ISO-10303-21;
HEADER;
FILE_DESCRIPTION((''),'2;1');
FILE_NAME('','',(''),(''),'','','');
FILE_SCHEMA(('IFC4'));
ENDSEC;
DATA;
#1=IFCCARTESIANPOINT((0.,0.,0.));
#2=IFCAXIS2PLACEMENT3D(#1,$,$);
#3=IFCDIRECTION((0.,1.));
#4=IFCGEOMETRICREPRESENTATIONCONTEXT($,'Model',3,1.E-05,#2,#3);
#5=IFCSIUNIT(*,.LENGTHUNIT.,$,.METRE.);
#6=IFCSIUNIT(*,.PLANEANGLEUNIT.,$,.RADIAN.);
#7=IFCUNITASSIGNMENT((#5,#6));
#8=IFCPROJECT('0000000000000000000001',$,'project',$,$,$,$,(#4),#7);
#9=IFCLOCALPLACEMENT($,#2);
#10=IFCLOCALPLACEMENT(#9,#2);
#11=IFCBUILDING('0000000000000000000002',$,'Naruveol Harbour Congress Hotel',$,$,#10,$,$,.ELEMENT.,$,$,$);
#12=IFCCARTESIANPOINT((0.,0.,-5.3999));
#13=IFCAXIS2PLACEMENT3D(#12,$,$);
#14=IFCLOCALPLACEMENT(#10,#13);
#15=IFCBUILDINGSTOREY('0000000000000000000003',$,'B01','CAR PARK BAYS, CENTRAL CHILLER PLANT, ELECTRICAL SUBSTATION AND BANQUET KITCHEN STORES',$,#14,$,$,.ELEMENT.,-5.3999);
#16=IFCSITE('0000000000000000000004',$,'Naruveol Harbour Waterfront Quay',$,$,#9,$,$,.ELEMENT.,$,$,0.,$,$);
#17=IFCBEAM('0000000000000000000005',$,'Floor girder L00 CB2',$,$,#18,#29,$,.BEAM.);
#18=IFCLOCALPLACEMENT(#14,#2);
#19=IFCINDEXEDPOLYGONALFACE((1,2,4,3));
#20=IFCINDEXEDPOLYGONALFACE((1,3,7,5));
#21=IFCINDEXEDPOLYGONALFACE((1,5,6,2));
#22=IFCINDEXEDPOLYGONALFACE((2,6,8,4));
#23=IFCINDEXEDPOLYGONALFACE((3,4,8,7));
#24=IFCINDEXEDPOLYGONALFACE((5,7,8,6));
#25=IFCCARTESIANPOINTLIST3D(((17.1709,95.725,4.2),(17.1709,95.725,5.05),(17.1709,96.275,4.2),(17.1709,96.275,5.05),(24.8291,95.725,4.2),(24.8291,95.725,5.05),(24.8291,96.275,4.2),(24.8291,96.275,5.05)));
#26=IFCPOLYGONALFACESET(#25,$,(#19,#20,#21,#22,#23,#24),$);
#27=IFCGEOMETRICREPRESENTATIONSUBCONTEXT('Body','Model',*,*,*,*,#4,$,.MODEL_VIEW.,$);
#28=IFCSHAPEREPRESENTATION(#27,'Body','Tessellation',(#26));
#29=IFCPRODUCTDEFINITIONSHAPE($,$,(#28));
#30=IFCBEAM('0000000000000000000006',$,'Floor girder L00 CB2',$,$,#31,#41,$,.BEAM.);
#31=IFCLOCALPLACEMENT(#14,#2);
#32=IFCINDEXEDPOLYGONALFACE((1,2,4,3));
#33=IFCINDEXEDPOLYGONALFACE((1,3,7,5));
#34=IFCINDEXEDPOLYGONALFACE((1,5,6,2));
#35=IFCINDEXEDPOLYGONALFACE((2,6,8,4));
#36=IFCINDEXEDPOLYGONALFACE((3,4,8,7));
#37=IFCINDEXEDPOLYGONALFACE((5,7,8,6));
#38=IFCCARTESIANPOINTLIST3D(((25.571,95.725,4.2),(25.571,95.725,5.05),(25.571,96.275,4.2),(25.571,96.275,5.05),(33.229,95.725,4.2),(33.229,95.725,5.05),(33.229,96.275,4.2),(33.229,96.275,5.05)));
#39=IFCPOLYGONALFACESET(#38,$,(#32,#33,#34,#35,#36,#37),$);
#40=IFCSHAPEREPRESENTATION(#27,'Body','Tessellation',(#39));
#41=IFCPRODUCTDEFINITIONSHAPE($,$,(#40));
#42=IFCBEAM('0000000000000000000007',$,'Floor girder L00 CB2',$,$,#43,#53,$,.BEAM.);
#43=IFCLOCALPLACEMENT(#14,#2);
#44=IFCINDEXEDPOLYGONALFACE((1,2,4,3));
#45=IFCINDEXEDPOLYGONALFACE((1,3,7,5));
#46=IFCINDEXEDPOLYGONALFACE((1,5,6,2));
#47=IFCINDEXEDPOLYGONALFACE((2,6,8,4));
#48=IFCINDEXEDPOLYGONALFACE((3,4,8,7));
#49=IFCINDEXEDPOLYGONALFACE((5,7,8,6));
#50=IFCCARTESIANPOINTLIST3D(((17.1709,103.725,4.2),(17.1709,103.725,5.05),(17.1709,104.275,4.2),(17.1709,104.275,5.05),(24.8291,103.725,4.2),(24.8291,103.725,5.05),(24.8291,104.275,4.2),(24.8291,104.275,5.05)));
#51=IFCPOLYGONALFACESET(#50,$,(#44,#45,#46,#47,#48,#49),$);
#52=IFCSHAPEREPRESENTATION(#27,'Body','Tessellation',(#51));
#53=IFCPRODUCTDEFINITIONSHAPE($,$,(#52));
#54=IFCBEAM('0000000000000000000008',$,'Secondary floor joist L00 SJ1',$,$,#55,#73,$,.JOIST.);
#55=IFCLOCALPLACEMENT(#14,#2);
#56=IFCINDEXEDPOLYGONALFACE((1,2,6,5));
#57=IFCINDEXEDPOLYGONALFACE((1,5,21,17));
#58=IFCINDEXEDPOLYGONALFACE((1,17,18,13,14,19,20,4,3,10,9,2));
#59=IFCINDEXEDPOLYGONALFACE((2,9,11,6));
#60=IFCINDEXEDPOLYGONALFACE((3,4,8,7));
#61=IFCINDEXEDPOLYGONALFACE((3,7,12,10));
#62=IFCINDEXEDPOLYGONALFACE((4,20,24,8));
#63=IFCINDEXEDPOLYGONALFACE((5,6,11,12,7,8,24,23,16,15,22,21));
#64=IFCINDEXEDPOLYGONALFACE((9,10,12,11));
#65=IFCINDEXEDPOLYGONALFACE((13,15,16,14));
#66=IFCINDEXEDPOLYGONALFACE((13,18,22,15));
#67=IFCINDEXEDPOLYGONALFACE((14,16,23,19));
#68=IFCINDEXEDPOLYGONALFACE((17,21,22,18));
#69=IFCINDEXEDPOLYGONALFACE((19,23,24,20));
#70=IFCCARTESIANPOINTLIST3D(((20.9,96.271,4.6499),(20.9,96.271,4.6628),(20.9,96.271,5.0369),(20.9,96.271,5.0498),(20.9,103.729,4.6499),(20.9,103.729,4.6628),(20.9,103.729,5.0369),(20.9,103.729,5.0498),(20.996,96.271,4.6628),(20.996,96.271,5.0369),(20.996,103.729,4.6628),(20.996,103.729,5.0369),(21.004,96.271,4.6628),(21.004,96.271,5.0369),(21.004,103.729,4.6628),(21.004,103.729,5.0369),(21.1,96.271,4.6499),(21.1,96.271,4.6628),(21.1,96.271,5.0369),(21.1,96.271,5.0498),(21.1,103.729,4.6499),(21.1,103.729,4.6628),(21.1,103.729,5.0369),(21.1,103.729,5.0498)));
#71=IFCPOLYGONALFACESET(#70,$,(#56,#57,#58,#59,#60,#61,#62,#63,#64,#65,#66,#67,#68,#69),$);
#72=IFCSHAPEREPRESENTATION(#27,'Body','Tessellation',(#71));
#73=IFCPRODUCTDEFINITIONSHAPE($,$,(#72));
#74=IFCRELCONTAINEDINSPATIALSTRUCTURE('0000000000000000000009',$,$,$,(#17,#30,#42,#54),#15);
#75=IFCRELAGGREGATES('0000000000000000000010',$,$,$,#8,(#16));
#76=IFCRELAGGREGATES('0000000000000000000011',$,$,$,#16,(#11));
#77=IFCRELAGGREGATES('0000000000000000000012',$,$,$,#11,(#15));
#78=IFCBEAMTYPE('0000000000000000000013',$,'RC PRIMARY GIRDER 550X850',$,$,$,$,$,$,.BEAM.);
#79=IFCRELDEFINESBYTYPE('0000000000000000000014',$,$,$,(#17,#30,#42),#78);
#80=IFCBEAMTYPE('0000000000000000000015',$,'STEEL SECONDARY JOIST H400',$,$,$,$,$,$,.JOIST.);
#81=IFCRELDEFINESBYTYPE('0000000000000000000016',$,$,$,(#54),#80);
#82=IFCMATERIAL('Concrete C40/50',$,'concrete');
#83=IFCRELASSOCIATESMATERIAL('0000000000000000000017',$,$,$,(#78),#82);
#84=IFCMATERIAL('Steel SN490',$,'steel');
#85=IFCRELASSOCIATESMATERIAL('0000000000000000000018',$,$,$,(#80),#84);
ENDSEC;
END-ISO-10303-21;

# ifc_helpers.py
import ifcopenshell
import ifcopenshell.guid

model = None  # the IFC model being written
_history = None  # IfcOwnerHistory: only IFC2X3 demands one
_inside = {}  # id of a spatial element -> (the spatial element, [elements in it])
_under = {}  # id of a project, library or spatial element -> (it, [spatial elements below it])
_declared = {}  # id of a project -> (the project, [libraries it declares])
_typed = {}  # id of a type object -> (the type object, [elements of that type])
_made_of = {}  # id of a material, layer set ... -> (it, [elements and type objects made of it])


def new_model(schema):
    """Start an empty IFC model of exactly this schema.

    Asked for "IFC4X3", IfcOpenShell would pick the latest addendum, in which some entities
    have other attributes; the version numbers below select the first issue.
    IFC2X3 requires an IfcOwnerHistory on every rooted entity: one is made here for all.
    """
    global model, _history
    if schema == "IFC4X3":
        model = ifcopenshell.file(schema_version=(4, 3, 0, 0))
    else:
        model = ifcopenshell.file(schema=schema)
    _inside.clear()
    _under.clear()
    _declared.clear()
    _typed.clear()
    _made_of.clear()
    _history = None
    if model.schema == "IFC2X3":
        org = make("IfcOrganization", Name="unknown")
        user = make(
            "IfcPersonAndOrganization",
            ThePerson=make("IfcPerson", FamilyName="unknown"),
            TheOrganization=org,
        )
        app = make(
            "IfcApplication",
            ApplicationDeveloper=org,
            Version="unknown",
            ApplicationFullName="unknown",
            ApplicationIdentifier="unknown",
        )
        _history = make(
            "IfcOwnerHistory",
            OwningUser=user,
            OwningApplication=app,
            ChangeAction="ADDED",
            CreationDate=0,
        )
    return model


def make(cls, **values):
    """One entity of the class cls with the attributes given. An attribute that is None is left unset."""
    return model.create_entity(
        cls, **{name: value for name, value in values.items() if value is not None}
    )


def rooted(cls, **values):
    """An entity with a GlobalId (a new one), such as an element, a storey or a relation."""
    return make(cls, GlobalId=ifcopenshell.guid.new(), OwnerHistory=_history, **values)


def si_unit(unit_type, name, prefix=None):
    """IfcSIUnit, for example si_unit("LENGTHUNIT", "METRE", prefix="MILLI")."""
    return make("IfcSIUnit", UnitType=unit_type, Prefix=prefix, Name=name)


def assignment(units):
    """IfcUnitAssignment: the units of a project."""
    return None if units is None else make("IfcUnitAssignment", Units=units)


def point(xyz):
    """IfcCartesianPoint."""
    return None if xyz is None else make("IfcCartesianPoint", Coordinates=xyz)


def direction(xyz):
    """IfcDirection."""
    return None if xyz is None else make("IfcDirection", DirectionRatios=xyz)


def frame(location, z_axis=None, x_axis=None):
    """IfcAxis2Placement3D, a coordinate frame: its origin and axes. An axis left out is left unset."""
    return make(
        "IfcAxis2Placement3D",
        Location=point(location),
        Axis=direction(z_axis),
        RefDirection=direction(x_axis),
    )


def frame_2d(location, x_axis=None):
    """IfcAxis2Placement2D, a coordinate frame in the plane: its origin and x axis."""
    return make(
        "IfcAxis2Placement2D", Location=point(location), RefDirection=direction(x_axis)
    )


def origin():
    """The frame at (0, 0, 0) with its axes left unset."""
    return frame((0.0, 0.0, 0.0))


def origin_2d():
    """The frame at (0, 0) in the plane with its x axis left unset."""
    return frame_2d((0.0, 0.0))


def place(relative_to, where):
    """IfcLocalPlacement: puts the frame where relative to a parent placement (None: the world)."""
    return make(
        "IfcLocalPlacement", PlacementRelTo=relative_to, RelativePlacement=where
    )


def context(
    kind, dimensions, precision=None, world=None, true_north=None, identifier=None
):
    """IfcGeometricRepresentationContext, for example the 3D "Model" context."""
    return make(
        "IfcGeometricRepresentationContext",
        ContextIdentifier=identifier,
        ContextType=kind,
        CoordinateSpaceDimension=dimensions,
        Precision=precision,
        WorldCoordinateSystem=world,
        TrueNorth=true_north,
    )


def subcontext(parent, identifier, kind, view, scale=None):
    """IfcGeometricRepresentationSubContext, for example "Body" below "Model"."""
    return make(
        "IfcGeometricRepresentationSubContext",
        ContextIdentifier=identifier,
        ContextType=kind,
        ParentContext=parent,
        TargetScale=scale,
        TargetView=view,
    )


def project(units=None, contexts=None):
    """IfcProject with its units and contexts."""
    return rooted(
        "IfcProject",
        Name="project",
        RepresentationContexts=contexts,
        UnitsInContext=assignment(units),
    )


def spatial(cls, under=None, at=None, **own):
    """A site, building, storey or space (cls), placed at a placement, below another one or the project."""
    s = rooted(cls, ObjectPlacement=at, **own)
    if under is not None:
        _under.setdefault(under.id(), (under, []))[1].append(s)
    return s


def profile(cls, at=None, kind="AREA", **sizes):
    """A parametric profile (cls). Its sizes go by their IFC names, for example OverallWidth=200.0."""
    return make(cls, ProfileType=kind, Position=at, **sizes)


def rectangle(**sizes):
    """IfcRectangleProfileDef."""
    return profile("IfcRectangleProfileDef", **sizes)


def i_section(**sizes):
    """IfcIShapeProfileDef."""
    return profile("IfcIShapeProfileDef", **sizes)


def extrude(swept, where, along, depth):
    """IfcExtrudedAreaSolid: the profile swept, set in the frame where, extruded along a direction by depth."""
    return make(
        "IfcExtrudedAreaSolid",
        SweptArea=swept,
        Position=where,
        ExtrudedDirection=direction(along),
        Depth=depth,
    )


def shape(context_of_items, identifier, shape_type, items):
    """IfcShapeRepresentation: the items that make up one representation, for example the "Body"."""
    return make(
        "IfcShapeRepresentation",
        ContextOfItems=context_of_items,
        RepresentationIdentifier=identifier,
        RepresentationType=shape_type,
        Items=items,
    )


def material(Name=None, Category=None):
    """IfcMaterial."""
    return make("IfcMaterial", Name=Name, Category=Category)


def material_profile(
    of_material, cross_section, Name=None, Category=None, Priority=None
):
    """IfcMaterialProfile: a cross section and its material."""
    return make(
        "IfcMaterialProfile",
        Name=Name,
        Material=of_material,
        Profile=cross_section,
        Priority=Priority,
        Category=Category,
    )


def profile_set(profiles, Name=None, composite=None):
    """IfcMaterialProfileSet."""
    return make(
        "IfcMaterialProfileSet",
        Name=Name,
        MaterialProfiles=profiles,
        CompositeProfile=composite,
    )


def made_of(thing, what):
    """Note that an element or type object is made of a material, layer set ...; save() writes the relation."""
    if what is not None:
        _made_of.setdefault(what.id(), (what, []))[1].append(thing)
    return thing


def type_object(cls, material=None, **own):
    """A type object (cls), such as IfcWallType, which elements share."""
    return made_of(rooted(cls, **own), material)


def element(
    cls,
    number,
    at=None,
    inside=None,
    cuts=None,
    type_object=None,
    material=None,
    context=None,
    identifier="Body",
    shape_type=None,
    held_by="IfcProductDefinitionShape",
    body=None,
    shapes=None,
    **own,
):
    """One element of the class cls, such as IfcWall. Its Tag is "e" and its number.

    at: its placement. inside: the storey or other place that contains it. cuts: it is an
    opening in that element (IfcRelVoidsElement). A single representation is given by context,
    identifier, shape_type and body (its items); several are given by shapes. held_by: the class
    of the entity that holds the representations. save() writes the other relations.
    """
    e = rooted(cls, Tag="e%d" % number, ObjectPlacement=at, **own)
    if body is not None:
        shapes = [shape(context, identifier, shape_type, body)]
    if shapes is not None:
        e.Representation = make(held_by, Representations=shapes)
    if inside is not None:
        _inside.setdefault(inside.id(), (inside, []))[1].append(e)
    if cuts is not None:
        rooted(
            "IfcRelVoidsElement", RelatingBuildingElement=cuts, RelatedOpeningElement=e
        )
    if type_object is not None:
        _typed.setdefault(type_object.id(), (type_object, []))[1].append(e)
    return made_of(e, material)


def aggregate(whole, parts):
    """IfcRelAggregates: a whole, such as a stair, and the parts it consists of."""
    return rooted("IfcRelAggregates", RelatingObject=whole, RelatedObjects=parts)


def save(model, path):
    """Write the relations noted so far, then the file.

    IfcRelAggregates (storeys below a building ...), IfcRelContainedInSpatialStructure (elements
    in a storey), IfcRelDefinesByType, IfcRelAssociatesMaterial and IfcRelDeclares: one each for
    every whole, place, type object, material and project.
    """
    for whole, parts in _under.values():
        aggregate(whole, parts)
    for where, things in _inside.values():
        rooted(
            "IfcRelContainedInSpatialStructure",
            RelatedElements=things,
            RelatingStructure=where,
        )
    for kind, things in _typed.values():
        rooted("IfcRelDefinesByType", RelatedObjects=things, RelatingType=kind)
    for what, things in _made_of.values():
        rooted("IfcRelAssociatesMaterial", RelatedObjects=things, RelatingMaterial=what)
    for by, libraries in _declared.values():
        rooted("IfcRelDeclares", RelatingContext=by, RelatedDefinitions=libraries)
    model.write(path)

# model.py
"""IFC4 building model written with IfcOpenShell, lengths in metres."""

from ifc_helpers import new_model, si_unit, direction, frame, origin, origin_2d, place, context, subcontext, project, spatial, rectangle, i_section, extrude, material, material_profile, profile_set, type_object, element, save


model = new_model("IFC4")

# Units and contexts
model_context = context("Model", 3, precision=1e-05, world=origin(), true_north=direction((0.0, 1.0)))
body_context = subcontext(model_context, "Body", "Model", "MODEL_VIEW")
ifc_project = project(units=[si_unit("LENGTHUNIT", "METRE"), si_unit("PLANEANGLEUNIT", "RADIAN")], contexts=[model_context])

# Site, building, storey
site_placement = place(None, origin())
site = spatial("IfcSite", under=ifc_project, at=site_placement, Name="Naruveol Harbour Waterfront Quay", CompositionType="ELEMENT", RefElevation=0.0)
building_placement = place(site_placement, origin())
building = spatial("IfcBuilding", under=site, at=building_placement, Name="Naruveol Harbour Congress Hotel", CompositionType="ELEMENT")
storey_placement = place(building_placement, frame((0.0, 0.0, -5.3999)))
storey = spatial("IfcBuildingStorey", under=building, at=storey_placement, Name="B01", Description="CAR PARK BAYS, CENTRAL CHILLER PLANT, ELECTRICAL SUBSTATION AND BANQUET KITCHEN STORES", CompositionType="ELEMENT", Elevation=-5.3999)

# Beams
ifc_material_1 = material(Name="Concrete C40/50", Category="concrete")
ifc_material_profile_1 = material_profile(ifc_material_1, rectangle(XDim=0.55, YDim=0.8501, at=origin_2d()), Name="RCB-550x850")
ifc_profile_set_1 = profile_set([ifc_material_profile_1], Name="Concrete C40/50")
beam_type_1 = type_object("IfcBeamType", Name="RC PRIMARY GIRDER 550X850", PredefinedType="BEAM", material=ifc_profile_set_1)
beam_1_placement = place(storey_placement, frame((17.1709, 96.0, 4.625), z_axis=(1.0, 0.0, 0.0), x_axis=(0.0, 1.0, 0.0)))
element("IfcBeam", 1, at=beam_1_placement, inside=storey, type_object=beam_type_1, Name="Floor girder L00 CB2", PredefinedType="BEAM", context=body_context, shape_type="SweptSolid", body=[
    extrude(rectangle(XDim=0.55, YDim=0.8501, at=origin_2d()), origin(), (0.0, 0.0, 1.0), 7.6582),
])
beam_2_placement = place(storey_placement, frame((25.571, 96.0, 4.625), z_axis=(1.0, 0.0, 0.0), x_axis=(0.0, 1.0, 0.0)))
element("IfcBeam", 2, at=beam_2_placement, inside=storey, type_object=beam_type_1, Name="Floor girder L00 CB2", PredefinedType="BEAM", context=body_context, shape_type="SweptSolid", body=[
    extrude(rectangle(XDim=0.55, YDim=0.8501, at=origin_2d()), origin(), (0.0, 0.0, 1.0), 7.658),
])
beam_3_placement = place(storey_placement, frame((17.1709, 104.0, 4.625), z_axis=(1.0, 0.0, 0.0), x_axis=(0.0, 1.0, 0.0)))
element("IfcBeam", 3, at=beam_3_placement, inside=storey, type_object=beam_type_1, Name="Floor girder L00 CB2", PredefinedType="BEAM", context=body_context, shape_type="SweptSolid", body=[
    extrude(rectangle(XDim=0.55, YDim=0.8501, at=origin_2d()), origin(), (0.0, 0.0, 1.0), 7.6582),
])
ifc_material_2 = material(Name="Steel SN490", Category="steel")
ifc_material_profile_2 = material_profile(ifc_material_2, i_section(OverallWidth=0.2, OverallDepth=0.3999, WebThickness=0.0081, FlangeThickness=0.0129, at=origin_2d()), Name="H-400x200x8x13")
ifc_profile_set_2 = profile_set([ifc_material_profile_2], Name="Steel SN490")
beam_type_2 = type_object("IfcBeamType", Name="STEEL SECONDARY JOIST H400", PredefinedType="JOIST", material=ifc_profile_set_2)
beam_4_placement = place(storey_placement, frame((21.0, 96.271, 4.8499), z_axis=(0.0, 1.0, 0.0), x_axis=(-1.0, 0.0, 0.0)))
element("IfcBeam", 4, at=beam_4_placement, inside=storey, type_object=beam_type_2, Name="Secondary floor joist L00 SJ1", PredefinedType="JOIST", context=body_context, shape_type="SweptSolid", body=[
    extrude(i_section(OverallWidth=0.2, OverallDepth=0.3999, WebThickness=0.0081, FlangeThickness=0.0129, at=origin_2d()), origin(), (0.0, 0.0, 1.0), 7.458),
])

save(model, "model.ifc")
